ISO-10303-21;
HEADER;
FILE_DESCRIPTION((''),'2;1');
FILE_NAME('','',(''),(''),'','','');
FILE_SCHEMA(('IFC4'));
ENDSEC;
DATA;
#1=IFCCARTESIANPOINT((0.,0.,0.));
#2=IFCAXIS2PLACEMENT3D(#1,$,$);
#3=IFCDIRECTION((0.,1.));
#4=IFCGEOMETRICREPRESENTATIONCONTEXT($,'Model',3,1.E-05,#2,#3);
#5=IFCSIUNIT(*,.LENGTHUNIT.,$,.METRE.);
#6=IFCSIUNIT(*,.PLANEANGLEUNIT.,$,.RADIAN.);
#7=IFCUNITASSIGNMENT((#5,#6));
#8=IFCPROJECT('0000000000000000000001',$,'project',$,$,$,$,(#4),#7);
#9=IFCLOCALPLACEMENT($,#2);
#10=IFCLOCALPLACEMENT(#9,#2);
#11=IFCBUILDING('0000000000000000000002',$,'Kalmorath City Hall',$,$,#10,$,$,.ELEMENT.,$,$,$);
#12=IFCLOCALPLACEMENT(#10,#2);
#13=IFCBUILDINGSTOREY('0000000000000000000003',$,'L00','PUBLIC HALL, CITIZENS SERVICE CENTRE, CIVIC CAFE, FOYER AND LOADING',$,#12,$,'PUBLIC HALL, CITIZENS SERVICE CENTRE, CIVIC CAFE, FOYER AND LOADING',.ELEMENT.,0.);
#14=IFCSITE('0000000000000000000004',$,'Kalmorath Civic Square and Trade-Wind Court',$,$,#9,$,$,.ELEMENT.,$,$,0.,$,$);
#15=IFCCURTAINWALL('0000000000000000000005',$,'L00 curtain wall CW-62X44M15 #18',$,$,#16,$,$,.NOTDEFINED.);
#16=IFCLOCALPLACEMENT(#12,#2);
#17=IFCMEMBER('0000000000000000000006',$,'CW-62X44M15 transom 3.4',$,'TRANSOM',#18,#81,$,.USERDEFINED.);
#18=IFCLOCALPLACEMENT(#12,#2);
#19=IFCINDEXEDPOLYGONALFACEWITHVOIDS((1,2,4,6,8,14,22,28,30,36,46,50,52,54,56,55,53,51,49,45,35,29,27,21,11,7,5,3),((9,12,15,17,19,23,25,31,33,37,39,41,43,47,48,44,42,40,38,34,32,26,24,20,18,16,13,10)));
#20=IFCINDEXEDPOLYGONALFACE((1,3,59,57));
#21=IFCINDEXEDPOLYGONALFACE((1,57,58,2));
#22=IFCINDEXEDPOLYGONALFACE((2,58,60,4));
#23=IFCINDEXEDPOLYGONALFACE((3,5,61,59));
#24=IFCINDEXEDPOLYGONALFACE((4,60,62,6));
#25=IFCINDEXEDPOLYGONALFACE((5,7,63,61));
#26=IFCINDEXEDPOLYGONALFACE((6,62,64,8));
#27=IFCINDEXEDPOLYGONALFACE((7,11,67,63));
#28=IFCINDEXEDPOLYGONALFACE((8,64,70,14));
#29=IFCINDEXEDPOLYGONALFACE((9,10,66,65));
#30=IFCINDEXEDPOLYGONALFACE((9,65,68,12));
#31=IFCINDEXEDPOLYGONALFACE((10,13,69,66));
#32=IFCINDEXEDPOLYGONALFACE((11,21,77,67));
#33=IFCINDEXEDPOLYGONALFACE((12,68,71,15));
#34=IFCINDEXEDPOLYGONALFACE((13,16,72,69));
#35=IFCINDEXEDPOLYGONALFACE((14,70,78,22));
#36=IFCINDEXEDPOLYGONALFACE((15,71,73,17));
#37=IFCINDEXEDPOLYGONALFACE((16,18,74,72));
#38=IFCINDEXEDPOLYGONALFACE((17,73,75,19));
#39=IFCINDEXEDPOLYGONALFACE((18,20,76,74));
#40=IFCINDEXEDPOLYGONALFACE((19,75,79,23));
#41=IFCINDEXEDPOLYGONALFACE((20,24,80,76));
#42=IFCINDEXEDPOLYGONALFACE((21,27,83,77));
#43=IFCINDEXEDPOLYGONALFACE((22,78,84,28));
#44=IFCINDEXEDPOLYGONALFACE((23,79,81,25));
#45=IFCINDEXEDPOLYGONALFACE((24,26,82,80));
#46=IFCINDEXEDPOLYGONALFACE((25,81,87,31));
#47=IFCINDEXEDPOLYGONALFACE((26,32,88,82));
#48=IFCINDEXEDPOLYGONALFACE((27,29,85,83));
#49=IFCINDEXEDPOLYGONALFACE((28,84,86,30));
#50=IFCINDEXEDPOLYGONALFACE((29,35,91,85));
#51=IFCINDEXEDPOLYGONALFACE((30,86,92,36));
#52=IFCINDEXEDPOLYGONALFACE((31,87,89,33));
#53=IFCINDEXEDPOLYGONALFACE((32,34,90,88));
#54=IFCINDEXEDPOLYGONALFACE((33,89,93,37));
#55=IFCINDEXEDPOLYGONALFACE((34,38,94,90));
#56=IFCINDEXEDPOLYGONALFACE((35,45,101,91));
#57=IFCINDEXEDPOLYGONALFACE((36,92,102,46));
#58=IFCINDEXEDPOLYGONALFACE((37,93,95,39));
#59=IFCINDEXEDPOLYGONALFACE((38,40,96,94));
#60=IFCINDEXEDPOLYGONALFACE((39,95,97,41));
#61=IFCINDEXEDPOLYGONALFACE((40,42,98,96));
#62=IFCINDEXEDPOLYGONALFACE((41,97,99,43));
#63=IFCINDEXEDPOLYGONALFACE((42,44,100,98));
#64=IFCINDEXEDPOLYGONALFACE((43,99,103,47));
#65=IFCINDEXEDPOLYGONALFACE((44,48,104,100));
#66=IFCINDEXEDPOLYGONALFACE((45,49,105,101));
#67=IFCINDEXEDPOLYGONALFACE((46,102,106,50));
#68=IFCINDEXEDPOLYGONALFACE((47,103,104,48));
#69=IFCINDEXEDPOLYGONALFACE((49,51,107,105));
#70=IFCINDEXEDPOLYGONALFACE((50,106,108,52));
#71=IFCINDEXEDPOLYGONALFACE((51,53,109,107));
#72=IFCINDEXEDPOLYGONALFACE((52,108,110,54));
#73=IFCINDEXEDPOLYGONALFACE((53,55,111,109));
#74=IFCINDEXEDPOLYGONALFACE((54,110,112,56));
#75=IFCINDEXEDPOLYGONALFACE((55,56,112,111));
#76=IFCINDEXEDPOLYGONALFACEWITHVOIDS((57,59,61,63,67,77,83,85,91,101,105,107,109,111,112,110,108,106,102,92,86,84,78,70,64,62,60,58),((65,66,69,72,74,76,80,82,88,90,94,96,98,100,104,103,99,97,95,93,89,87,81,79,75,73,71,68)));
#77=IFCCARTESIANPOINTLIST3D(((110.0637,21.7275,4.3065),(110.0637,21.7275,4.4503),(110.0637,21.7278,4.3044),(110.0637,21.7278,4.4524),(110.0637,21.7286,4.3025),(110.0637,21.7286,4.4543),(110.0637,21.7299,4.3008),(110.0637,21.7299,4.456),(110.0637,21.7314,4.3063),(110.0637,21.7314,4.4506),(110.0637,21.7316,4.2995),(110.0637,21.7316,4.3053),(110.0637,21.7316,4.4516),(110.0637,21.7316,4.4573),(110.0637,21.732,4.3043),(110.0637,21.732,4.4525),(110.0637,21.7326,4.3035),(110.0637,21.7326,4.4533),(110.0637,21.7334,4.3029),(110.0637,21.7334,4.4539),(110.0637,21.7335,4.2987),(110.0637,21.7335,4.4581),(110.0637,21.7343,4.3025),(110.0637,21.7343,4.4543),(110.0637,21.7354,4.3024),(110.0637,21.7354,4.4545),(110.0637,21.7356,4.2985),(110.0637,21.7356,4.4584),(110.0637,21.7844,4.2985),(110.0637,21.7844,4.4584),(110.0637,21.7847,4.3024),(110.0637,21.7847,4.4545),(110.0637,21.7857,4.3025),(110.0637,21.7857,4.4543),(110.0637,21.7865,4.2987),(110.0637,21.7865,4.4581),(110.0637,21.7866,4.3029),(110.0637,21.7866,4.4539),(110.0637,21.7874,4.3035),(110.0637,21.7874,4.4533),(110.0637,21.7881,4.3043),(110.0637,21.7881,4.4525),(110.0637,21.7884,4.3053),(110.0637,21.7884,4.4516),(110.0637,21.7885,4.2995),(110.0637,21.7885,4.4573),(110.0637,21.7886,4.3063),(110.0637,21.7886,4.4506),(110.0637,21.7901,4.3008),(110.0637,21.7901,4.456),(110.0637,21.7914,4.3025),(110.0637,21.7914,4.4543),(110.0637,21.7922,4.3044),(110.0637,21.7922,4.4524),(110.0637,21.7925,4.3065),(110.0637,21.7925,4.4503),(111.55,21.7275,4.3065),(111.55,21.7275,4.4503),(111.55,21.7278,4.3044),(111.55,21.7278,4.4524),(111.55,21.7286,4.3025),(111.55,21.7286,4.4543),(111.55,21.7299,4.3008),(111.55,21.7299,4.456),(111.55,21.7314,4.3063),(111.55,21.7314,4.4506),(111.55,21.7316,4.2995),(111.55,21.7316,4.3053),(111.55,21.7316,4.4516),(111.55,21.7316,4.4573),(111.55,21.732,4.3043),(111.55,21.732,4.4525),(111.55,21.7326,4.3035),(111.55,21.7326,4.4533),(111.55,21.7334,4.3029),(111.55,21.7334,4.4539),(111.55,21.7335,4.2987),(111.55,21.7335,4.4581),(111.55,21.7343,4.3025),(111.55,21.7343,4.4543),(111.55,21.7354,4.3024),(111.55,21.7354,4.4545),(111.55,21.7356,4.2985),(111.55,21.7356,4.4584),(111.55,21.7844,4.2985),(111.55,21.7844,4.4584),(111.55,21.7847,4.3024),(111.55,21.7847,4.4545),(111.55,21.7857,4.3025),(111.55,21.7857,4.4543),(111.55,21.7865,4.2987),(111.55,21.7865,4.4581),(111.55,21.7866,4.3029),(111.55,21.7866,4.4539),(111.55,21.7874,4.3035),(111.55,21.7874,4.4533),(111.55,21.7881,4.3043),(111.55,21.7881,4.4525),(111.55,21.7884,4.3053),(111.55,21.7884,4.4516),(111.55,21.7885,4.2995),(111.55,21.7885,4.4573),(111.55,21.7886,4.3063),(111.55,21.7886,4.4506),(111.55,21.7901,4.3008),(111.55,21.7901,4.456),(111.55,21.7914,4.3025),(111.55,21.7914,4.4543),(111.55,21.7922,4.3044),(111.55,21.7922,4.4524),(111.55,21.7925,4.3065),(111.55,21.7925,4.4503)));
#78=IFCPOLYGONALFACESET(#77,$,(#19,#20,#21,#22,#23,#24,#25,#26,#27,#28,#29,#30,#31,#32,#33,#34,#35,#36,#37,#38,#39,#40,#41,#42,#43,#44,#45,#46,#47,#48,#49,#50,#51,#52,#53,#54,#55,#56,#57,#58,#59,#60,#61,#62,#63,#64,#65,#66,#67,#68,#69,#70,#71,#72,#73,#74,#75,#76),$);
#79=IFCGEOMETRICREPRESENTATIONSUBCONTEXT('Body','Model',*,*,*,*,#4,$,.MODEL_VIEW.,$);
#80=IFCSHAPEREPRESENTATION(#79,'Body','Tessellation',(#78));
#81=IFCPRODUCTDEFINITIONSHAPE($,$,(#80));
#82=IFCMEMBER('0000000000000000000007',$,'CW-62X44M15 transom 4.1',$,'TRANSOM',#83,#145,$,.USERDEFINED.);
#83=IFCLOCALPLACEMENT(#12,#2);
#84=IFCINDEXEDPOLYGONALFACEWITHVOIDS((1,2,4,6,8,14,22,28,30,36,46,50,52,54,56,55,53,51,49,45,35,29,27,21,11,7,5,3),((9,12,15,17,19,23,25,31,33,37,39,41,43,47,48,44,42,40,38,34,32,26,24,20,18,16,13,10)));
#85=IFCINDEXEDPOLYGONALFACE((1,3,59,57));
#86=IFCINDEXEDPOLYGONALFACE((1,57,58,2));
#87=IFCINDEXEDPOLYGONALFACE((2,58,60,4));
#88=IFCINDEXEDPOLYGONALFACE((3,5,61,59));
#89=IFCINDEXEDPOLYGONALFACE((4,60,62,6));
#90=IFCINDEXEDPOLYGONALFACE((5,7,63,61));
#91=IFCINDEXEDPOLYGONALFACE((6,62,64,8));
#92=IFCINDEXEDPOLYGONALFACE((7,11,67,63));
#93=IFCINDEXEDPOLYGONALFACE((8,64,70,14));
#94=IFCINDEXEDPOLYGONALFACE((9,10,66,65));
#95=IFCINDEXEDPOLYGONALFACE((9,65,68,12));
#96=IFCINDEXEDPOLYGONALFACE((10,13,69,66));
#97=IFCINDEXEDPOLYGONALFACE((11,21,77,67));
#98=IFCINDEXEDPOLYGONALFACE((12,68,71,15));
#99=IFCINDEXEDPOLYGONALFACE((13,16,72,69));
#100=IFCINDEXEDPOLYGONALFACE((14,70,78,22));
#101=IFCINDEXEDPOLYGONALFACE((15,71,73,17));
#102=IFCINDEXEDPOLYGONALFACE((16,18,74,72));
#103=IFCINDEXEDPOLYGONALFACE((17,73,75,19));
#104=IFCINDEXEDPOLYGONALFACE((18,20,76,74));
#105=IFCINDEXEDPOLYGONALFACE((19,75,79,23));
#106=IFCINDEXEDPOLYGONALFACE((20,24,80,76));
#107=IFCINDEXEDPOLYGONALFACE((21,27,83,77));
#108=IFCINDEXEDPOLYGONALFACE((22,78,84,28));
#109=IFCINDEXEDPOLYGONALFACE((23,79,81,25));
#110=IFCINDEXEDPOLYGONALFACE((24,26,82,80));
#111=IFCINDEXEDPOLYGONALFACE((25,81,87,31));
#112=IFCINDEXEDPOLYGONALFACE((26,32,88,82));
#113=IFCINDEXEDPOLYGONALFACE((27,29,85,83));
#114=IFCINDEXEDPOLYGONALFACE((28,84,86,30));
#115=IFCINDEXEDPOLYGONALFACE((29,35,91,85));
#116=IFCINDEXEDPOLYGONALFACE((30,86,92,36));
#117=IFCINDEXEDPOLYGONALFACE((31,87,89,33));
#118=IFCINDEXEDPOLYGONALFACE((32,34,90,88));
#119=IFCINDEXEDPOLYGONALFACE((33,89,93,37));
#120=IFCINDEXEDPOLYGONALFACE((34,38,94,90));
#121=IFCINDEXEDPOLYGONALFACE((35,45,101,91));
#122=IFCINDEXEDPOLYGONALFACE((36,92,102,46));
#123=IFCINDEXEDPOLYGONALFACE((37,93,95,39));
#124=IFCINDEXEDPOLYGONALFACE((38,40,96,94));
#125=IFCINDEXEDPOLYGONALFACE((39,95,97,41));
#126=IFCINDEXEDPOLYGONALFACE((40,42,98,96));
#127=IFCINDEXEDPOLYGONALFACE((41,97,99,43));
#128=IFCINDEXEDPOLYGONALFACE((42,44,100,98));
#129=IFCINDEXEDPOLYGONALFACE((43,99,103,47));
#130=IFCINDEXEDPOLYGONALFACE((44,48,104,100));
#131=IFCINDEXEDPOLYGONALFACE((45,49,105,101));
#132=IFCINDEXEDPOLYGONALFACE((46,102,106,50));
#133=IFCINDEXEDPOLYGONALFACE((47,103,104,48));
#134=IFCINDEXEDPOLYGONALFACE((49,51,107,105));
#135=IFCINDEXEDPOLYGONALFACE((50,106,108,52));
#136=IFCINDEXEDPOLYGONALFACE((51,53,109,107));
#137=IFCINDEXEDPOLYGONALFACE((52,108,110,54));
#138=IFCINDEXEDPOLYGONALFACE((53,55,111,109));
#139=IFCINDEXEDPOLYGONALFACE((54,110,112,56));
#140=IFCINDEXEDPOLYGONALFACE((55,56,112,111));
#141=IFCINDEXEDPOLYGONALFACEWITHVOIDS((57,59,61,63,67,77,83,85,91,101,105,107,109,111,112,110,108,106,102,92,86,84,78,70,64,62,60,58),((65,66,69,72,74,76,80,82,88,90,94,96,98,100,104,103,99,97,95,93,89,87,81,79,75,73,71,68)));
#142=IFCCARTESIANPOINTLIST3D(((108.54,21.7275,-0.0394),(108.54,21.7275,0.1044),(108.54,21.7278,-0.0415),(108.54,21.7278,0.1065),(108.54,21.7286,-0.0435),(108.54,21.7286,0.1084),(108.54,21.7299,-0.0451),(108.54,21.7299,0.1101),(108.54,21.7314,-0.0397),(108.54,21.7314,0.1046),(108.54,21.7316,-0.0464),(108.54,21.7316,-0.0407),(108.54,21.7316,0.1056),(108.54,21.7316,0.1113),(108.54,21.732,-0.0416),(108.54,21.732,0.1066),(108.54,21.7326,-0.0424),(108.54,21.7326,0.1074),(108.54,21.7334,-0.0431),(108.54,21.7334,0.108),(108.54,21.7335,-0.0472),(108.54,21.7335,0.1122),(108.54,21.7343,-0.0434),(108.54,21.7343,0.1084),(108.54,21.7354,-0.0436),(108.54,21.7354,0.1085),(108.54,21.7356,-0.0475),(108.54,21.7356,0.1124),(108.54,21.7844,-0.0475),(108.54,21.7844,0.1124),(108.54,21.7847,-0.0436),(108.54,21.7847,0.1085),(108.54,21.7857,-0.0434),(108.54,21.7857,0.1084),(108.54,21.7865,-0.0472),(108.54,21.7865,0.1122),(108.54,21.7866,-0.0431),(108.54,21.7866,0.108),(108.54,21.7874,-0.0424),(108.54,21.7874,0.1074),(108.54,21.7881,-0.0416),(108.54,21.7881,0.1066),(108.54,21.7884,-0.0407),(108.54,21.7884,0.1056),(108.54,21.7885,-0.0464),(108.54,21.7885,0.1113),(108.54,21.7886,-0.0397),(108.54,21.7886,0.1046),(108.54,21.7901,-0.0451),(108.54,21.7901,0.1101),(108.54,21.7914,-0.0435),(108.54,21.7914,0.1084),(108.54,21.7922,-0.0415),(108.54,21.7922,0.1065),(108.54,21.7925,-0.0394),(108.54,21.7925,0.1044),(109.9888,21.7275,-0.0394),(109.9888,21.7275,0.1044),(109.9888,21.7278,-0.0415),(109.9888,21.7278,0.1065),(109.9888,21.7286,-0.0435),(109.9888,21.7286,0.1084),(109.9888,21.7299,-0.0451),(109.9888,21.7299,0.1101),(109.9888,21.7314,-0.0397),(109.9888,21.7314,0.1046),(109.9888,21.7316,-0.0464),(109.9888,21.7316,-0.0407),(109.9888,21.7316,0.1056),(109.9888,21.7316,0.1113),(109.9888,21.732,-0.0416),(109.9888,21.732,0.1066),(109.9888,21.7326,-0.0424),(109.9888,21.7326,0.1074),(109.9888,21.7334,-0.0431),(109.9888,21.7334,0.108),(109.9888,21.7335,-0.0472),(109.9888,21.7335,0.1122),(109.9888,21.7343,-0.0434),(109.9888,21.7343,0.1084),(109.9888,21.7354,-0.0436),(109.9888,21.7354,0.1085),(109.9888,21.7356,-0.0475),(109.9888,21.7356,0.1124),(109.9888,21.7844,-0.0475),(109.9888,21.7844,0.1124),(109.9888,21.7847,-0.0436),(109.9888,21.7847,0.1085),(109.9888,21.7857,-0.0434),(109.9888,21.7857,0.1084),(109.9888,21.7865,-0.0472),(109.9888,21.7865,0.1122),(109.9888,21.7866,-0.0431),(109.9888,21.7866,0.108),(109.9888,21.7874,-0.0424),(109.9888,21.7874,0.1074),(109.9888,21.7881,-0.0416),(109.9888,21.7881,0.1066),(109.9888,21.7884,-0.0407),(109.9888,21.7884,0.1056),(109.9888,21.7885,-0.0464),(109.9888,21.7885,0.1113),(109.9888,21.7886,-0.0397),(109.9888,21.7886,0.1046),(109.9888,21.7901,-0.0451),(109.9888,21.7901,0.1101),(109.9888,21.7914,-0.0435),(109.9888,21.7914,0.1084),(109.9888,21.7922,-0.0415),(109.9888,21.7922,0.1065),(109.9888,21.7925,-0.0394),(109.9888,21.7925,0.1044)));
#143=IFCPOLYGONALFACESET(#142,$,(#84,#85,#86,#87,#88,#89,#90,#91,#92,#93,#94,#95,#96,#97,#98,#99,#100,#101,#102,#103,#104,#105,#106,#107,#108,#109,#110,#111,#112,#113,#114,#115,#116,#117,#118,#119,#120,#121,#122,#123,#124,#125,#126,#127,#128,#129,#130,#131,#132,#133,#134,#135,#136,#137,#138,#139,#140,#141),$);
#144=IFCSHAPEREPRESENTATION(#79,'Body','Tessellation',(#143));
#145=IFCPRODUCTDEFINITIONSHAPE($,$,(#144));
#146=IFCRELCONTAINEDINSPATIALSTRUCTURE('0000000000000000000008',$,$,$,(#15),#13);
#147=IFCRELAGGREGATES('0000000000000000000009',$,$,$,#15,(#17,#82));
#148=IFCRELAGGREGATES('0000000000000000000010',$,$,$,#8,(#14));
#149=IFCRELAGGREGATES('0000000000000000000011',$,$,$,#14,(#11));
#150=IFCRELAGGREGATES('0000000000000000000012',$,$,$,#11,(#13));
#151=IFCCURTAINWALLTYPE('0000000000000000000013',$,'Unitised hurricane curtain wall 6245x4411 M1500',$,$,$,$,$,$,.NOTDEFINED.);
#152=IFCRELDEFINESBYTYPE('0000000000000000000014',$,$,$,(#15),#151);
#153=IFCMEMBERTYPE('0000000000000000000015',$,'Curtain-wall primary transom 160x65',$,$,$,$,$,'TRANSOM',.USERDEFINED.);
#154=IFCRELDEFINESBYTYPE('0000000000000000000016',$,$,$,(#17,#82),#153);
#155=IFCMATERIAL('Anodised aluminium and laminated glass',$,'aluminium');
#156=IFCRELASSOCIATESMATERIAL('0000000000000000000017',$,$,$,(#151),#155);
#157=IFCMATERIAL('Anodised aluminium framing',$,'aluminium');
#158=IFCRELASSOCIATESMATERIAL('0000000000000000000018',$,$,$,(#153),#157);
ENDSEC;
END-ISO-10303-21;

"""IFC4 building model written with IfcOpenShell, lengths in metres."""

from ifc_helpers import new_model, si_unit, direction, frame, origin, origin_2d, place, context, subcontext, project, spatial, hollow_rectangle, extrude, material, material_profile, profile_set, type_object, element, aggregate, save


model = new_model("IFC4")

# Units and contexts
model_context = context("Model", 3, precision=1e-05, world=origin(), true_north=direction((0.0, 1.0)))
body_context = subcontext(model_context, "Body", "Model", "MODEL_VIEW")
ifc_project = project(units=[si_unit("LENGTHUNIT", "METRE"), si_unit("PLANEANGLEUNIT", "RADIAN")], contexts=[model_context])

# Site, building, storey
site_placement = place(None, origin())
site = spatial("IfcSite", under=ifc_project, at=site_placement, Name="Kalmorath Civic Square and Trade-Wind Court", CompositionType="ELEMENT", RefElevation=0.0)
building_placement = place(site_placement, origin())
building = spatial("IfcBuilding", under=site, at=building_placement, Name="Kalmorath City Hall", CompositionType="ELEMENT")
storey_placement = place(building_placement, origin())
storey = spatial("IfcBuildingStorey", under=building, at=storey_placement, Name="L00", Description="PUBLIC HALL, CITIZENS SERVICE CENTRE, CIVIC CAFE, FOYER AND LOADING", LongName="PUBLIC HALL, CITIZENS SERVICE CENTRE, CIVIC CAFE, FOYER AND LOADING", CompositionType="ELEMENT", Elevation=0.0)

# Curtain wall
ifc_material_1 = material(Name="Anodised aluminium and laminated glass", Category="aluminium")
curtain_wall_type_1 = type_object("IfcCurtainWallType", Name="Unitised hurricane curtain wall 6245x4411 M1500", PredefinedType="NOTDEFINED", material=ifc_material_1)
curtain_wall_1_placement = place(storey_placement, origin())
curtain_wall_1 = element("IfcCurtainWall", 1, at=curtain_wall_1_placement, inside=storey, type_object=curtain_wall_type_1, Name="L00 curtain wall CW-62X44M15 #18", PredefinedType="NOTDEFINED")

# Members
ifc_material_2 = material(Name="Anodised aluminium framing", Category="aluminium")
ifc_material_profile_1 = material_profile(ifc_material_2, hollow_rectangle(XDim=0.0649, YDim=0.1599, WallThickness=0.0039, InnerFilletRadius=0.0039, OuterFilletRadius=0.0081, at=origin_2d()), Name="ALU-TRN-160X65X4")
ifc_profile_set_1 = profile_set([ifc_material_profile_1], Name="Anodised aluminium framing")
member_type_1 = type_object("IfcMemberType", Name="Curtain-wall primary transom 160x65", ElementType="TRANSOM", PredefinedType="USERDEFINED", material=ifc_profile_set_1)
member_1_placement = place(storey_placement, frame((111.55, 21.76, 4.3784), z_axis=(-1.0, 0.0, 0.0), x_axis=(0.0, -1.0, 0.0)))
member_1 = element("IfcMember", 2, at=member_1_placement, type_object=member_type_1, Name="CW-62X44M15 transom 3.4", ObjectType="TRANSOM", PredefinedType="USERDEFINED", context=body_context, shape_type="SweptSolid", body=[
    extrude(hollow_rectangle(XDim=0.0649, YDim=0.1599, WallThickness=0.0039, InnerFilletRadius=0.0039, OuterFilletRadius=0.0081, at=origin_2d()), origin(), (0.0, 0.0, 1.0), 1.4863),
])
member_2_placement = place(storey_placement, frame((109.9888, 21.76, 0.0325), z_axis=(-1.0, 0.0, 0.0), x_axis=(0.0, -1.0, 0.0)))
member_2 = element("IfcMember", 3, at=member_2_placement, type_object=member_type_1, Name="CW-62X44M15 transom 4.1", ObjectType="TRANSOM", PredefinedType="USERDEFINED", context=body_context, shape_type="SweptSolid", body=[
    extrude(hollow_rectangle(XDim=0.0649, YDim=0.1599, WallThickness=0.0039, InnerFilletRadius=0.0039, OuterFilletRadius=0.0081, at=origin_2d()), origin(), (0.0, 0.0, 1.0), 1.4487),
])

aggregate(curtain_wall_1, [member_1, member_2])

save(model, "model.ifc")
